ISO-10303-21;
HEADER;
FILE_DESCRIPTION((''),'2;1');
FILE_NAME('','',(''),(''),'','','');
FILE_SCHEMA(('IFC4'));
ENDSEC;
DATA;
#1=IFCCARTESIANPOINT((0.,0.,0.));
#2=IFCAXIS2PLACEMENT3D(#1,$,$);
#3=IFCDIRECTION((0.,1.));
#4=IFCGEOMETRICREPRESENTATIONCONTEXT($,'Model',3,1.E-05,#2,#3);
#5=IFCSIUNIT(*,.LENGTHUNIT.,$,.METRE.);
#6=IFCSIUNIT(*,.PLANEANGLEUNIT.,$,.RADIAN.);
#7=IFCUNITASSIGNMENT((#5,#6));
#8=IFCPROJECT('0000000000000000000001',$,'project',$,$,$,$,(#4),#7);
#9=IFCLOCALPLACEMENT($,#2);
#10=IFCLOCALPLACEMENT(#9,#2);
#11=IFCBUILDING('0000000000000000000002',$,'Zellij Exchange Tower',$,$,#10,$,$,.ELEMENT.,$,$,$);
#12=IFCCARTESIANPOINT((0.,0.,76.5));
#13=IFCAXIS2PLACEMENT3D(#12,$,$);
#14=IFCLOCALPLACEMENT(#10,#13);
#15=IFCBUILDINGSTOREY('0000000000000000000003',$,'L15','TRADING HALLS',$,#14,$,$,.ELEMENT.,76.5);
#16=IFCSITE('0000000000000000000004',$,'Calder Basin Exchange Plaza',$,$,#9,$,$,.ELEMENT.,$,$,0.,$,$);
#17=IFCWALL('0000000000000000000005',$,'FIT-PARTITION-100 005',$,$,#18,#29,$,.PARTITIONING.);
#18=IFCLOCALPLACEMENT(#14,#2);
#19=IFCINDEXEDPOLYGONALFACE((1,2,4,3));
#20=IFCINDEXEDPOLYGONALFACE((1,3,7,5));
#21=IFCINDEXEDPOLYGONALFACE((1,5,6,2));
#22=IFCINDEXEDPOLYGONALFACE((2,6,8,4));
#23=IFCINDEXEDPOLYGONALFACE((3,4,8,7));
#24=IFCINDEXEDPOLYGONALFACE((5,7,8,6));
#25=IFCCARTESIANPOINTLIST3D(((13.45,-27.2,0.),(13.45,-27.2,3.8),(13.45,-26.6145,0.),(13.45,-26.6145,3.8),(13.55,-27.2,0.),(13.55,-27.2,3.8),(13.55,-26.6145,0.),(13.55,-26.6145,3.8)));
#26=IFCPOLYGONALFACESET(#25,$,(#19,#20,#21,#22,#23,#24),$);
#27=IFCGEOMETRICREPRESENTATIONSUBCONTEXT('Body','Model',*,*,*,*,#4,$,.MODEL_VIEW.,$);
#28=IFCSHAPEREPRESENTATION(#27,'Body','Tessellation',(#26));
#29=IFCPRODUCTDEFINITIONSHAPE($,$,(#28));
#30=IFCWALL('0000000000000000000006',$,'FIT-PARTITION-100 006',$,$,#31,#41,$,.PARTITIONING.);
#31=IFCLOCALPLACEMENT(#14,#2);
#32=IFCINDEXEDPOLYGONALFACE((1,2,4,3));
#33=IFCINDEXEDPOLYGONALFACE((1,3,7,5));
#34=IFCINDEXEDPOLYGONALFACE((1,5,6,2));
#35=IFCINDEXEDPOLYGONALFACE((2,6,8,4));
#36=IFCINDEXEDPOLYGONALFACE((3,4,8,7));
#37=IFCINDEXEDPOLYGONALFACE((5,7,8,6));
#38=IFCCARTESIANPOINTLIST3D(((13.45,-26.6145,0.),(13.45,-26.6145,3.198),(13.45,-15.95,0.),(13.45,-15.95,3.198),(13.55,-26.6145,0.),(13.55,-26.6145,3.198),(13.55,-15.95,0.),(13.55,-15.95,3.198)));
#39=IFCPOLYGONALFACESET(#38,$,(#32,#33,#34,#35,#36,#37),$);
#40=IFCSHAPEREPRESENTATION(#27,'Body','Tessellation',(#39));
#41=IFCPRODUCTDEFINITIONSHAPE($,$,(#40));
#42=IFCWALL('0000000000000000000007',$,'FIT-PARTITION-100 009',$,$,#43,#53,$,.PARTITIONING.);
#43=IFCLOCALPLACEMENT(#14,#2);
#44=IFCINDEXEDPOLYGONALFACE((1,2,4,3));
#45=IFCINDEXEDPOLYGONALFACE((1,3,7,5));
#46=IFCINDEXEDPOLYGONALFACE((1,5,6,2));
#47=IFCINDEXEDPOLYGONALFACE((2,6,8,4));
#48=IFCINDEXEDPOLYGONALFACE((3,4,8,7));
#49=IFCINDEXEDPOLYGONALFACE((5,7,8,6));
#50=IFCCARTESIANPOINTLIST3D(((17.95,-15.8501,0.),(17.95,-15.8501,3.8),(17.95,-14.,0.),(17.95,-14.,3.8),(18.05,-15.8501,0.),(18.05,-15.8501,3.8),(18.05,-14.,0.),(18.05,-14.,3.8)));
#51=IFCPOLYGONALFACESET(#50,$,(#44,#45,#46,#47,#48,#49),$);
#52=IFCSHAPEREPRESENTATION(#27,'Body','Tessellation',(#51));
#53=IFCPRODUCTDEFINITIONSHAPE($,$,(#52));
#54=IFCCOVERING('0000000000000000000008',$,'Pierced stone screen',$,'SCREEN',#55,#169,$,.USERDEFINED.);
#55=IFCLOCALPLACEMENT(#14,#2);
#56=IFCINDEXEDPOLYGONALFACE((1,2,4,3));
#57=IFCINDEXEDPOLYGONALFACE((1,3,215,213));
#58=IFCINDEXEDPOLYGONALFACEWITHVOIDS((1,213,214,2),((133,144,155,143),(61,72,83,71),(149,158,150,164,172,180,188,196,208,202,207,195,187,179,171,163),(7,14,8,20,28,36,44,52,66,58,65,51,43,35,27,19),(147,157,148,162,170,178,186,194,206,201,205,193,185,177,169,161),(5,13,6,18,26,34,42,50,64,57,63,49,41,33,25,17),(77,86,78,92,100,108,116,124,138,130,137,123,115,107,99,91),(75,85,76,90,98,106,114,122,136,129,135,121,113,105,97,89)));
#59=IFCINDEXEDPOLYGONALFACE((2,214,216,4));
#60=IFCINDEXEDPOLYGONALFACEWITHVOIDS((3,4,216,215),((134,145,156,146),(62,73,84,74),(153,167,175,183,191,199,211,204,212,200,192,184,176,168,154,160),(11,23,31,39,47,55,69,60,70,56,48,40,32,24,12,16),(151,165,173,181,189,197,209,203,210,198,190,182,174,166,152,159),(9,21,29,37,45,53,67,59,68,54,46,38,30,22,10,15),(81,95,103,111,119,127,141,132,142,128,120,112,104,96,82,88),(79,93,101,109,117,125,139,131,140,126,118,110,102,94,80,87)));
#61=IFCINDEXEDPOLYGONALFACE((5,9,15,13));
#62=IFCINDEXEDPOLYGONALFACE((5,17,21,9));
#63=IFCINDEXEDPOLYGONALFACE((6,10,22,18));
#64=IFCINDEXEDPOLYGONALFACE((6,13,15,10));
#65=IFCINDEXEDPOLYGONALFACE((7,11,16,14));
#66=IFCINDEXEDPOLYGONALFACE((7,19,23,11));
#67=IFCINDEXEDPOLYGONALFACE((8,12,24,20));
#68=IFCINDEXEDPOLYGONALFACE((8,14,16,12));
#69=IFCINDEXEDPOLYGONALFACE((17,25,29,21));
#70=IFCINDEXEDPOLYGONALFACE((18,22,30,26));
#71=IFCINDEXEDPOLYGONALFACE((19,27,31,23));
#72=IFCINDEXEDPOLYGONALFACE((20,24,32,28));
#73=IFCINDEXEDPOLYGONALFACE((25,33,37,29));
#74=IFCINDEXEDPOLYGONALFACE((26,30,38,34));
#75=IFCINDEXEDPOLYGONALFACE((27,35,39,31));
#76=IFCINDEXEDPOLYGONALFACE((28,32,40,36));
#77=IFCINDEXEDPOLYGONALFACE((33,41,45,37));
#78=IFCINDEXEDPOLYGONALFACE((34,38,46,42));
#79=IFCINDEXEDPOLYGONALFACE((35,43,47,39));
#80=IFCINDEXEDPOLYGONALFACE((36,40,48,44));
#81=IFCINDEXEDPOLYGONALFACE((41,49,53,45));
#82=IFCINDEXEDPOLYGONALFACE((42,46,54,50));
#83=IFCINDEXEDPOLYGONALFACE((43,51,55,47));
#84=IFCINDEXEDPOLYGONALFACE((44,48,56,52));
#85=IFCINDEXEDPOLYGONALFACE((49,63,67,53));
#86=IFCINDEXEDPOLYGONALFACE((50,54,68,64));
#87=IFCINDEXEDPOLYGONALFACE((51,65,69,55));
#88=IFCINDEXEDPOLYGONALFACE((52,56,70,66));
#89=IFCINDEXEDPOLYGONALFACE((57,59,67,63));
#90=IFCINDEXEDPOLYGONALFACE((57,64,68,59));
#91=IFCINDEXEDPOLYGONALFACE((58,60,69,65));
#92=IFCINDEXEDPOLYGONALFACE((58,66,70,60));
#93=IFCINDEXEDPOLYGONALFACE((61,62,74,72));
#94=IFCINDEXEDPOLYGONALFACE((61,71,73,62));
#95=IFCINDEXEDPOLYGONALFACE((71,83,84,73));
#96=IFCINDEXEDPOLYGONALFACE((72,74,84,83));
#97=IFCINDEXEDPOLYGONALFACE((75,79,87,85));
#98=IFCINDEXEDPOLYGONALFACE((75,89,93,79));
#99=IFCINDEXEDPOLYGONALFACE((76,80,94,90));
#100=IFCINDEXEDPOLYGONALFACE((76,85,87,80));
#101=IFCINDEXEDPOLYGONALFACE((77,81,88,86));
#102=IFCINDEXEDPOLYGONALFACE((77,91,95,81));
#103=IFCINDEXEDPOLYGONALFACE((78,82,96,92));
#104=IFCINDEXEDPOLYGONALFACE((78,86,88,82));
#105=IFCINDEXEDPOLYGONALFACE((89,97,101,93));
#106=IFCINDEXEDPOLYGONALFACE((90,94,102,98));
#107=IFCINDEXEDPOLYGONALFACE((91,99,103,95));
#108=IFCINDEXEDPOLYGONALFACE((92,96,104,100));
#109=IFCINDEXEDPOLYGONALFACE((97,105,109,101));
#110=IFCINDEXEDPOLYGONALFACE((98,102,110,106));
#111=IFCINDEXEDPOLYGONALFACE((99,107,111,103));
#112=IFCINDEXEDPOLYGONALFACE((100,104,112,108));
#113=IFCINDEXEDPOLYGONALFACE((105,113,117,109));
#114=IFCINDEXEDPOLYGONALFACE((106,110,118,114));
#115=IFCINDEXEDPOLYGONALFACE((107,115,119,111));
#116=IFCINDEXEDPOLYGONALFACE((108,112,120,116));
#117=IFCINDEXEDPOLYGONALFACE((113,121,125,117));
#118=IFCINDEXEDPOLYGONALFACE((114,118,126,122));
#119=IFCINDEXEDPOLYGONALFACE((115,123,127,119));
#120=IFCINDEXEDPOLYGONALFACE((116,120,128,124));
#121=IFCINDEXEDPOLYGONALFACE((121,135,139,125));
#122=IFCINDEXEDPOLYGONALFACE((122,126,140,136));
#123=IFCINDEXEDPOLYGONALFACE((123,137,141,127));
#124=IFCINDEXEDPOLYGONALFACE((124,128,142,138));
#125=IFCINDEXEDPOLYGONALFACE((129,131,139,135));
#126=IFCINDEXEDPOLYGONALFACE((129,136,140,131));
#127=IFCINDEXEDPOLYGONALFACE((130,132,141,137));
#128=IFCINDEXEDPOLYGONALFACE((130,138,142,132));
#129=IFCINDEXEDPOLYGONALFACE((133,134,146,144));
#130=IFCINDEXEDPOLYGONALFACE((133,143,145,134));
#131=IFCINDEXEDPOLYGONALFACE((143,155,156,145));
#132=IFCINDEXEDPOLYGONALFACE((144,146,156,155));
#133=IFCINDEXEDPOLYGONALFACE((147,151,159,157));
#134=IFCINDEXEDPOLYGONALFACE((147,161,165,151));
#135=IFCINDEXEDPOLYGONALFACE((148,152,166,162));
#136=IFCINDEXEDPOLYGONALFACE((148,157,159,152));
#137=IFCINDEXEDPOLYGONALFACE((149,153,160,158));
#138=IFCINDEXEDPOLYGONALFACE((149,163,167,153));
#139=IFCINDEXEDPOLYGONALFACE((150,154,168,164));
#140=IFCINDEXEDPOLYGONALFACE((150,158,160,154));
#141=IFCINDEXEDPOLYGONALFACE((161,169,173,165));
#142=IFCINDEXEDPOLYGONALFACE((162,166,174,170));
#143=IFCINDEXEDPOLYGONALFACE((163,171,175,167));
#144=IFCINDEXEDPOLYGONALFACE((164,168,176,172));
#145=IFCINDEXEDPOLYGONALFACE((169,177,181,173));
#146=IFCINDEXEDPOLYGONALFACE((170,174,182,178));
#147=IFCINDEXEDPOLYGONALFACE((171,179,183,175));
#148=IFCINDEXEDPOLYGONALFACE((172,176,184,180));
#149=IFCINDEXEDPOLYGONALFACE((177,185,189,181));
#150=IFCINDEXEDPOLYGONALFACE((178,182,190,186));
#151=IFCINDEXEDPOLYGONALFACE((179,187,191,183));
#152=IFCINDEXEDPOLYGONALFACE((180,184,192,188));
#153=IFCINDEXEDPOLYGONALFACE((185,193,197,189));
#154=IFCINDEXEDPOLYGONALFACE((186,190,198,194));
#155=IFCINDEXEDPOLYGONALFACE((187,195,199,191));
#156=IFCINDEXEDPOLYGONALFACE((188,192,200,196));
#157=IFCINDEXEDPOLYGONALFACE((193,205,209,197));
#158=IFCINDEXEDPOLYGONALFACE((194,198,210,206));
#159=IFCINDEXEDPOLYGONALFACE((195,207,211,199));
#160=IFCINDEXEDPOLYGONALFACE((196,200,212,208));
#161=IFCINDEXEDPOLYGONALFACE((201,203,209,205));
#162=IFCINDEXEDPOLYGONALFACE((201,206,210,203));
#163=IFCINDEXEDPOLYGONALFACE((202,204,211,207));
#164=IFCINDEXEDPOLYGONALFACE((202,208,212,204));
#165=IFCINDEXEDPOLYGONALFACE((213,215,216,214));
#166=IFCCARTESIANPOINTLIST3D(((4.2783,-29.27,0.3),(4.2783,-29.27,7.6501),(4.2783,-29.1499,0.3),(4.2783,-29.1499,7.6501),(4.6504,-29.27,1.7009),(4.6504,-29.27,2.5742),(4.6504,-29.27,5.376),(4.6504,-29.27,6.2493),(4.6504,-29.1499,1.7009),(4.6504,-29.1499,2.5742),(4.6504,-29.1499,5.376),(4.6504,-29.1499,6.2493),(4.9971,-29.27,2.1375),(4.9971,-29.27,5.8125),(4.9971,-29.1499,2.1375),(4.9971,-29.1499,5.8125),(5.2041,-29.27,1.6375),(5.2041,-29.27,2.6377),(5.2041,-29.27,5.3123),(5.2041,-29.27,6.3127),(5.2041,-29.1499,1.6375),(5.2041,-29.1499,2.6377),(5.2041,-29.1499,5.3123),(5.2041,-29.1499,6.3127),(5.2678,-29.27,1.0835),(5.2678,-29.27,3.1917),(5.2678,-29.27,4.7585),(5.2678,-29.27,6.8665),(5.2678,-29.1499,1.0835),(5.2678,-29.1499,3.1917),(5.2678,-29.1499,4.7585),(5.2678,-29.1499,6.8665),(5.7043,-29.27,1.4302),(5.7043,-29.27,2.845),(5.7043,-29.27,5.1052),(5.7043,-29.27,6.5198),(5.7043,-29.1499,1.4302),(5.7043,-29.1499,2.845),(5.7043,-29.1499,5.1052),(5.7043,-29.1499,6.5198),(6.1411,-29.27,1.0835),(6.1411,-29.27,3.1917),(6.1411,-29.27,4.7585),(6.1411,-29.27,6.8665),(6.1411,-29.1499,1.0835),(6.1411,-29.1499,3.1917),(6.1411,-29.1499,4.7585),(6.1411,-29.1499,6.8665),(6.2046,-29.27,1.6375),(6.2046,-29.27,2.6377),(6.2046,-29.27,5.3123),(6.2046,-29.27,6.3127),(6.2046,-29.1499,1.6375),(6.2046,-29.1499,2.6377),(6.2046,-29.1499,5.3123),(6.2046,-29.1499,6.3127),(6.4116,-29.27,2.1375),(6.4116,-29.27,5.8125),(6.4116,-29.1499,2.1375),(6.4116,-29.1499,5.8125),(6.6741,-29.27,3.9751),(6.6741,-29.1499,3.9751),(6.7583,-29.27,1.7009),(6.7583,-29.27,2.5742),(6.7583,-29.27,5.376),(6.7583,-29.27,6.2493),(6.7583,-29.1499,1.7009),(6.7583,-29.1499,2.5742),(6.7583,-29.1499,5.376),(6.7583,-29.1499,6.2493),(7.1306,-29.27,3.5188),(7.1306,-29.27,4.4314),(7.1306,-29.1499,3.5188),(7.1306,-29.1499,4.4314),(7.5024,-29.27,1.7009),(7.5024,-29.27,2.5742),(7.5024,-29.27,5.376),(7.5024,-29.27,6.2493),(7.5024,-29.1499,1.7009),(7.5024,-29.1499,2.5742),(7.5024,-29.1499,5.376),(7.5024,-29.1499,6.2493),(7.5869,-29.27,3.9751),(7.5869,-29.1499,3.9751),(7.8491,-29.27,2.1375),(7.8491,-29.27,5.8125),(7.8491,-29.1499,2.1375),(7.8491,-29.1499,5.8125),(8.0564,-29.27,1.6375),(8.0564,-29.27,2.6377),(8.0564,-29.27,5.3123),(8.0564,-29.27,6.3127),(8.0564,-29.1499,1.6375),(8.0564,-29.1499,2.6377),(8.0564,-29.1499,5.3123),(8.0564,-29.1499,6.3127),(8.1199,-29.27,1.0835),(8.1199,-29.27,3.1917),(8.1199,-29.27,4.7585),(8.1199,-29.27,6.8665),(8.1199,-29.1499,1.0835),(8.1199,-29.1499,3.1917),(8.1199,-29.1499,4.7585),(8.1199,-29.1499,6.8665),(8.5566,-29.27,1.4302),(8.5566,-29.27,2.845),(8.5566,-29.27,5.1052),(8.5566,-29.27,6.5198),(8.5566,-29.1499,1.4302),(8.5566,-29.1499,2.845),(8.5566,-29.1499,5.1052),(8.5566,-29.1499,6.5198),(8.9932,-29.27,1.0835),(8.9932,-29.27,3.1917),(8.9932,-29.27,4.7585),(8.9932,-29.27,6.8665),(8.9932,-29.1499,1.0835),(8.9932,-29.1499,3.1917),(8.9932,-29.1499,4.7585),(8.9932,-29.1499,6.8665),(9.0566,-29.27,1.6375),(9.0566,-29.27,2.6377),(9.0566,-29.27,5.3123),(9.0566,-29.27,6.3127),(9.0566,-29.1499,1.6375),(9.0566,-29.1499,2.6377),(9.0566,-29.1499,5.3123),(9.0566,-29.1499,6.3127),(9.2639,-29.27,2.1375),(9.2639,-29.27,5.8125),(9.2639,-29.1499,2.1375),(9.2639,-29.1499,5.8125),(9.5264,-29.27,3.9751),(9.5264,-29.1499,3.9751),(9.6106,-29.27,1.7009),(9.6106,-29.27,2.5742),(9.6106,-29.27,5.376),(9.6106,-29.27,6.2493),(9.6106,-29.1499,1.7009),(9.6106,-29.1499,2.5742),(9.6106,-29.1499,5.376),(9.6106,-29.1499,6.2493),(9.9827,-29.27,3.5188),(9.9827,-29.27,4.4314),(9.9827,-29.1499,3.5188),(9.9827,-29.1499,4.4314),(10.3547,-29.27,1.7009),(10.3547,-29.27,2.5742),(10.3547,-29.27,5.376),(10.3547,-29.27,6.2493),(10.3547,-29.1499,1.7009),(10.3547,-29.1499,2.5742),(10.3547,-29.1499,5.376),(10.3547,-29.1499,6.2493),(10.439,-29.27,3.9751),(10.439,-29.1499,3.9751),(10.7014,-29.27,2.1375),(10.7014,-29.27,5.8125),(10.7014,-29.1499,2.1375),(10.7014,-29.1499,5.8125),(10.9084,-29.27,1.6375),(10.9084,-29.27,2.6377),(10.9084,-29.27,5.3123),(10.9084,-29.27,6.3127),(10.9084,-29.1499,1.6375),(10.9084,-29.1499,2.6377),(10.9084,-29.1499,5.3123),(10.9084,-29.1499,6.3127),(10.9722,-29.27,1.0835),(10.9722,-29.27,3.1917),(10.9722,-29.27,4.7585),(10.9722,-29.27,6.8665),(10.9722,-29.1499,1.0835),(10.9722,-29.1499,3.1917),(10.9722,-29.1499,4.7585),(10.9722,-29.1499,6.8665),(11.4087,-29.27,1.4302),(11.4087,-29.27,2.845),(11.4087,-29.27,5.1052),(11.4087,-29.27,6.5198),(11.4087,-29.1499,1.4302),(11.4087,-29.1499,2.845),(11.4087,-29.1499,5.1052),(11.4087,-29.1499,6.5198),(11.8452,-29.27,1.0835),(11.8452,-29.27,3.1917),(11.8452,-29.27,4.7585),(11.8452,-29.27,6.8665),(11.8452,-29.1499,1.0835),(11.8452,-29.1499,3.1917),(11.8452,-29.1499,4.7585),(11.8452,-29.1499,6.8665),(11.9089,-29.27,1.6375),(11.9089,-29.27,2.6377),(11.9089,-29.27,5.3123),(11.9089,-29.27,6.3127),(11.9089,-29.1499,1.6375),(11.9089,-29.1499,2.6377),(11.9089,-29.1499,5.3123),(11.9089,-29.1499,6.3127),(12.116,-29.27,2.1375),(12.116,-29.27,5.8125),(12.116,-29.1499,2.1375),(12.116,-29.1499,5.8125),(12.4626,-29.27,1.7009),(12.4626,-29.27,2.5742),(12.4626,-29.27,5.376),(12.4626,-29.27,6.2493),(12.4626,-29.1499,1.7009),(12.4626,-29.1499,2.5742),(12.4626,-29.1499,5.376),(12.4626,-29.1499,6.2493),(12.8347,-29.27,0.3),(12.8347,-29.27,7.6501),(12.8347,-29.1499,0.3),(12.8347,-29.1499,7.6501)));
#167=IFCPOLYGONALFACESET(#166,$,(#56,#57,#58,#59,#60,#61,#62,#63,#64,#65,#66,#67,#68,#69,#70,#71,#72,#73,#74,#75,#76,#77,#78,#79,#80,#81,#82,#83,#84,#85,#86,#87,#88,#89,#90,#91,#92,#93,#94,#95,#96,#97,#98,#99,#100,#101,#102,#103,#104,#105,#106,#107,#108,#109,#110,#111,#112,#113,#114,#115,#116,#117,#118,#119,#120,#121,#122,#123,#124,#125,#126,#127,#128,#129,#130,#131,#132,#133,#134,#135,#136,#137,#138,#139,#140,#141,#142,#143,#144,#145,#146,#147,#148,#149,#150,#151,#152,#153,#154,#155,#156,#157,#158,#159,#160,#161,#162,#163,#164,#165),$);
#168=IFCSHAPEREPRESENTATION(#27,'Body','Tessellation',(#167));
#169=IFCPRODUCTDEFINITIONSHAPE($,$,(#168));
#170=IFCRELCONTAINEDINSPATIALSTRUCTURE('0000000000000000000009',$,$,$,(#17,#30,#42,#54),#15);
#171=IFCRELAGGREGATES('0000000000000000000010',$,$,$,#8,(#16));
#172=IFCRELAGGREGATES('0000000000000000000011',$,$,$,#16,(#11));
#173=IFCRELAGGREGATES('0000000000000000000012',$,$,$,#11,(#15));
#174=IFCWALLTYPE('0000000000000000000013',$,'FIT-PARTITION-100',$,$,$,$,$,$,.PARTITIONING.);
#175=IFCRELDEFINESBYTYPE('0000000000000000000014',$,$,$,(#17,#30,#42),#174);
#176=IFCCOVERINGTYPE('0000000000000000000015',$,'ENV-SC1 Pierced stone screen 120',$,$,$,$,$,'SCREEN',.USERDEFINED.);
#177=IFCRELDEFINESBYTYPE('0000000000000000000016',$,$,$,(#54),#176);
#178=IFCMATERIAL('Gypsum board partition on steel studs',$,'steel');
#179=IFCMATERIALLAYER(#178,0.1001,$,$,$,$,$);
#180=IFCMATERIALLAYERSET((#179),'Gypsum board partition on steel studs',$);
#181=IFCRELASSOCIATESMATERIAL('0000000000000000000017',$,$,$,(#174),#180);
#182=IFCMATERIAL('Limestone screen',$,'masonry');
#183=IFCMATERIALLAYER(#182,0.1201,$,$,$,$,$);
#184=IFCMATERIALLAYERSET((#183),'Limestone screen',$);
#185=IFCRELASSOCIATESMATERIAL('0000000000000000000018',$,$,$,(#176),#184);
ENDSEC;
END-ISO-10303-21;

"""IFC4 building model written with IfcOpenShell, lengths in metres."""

from ifc_helpers import new_model, si_unit, direction, frame, frame_2d, origin, place, context, subcontext, project, spatial, polyline, rectangle, outline, extrude, material, layer, layer_set, type_object, element, save


model = new_model("IFC4")

# Units and contexts
model_context = context("Model", 3, precision=1e-05, world=origin(), true_north=direction((0.0, 1.0)))
body_context = subcontext(model_context, "Body", "Model", "MODEL_VIEW")
ifc_project = project(units=[si_unit("LENGTHUNIT", "METRE"), si_unit("PLANEANGLEUNIT", "RADIAN")], contexts=[model_context])

# Site, building, storey
site_placement = place(None, origin())
site = spatial("IfcSite", under=ifc_project, at=site_placement, Name="Calder Basin Exchange Plaza", CompositionType="ELEMENT", RefElevation=0.0)
building_placement = place(site_placement, origin())
building = spatial("IfcBuilding", under=site, at=building_placement, Name="Zellij Exchange Tower", CompositionType="ELEMENT")
storey_placement = place(building_placement, frame((0.0, 0.0, 76.5)))
storey = spatial("IfcBuildingStorey", under=building, at=storey_placement, Name="L15", Description="TRADING HALLS", CompositionType="ELEMENT", Elevation=76.5)

# Walls
ifc_material_1 = material(Name="Gypsum board partition on steel studs", Category="steel")
ifc_layer_1 = layer(ifc_material_1, 0.1001)
ifc_layer_set_1 = layer_set([ifc_layer_1], Name="Gypsum board partition on steel studs")
wall_type_1 = type_object("IfcWallType", Name="FIT-PARTITION-100", PredefinedType="PARTITIONING", material=ifc_layer_set_1)
wall_1_placement = place(storey_placement, frame((13.5, -27.2, 0.0), z_axis=(0.0, 0.0, 1.0), x_axis=(0.0, 1.0, 0.0)))
element("IfcWall", 1, at=wall_1_placement, inside=storey, type_object=wall_type_1, Name="FIT-PARTITION-100 005", PredefinedType="PARTITIONING", context=body_context, shape_type="SweptSolid", body=[
    extrude(rectangle(XDim=0.5854, YDim=0.1001, at=frame_2d((0.2927, 0.0))), origin(), (0.0, 0.0, 1.0), 3.8),
])
wall_2_placement = place(storey_placement, frame((13.5, -26.6145, 0.0), z_axis=(0.0, 0.0, 1.0), x_axis=(0.0, 1.0, 0.0)))
element("IfcWall", 2, at=wall_2_placement, inside=storey, type_object=wall_type_1, Name="FIT-PARTITION-100 006", PredefinedType="PARTITIONING", context=body_context, shape_type="SweptSolid", body=[
    extrude(rectangle(XDim=10.6646, YDim=0.1001, at=frame_2d((5.3323, 0.0))), origin(), (0.0, 0.0, 1.0), 3.198),
])
wall_3_placement = place(storey_placement, frame((18.0, -15.8501, 0.0), z_axis=(0.0, 0.0, 1.0), x_axis=(0.0, 1.0, 0.0)))
element("IfcWall", 3, at=wall_3_placement, inside=storey, type_object=wall_type_1, Name="FIT-PARTITION-100 009", PredefinedType="PARTITIONING", context=body_context, shape_type="SweptSolid", body=[
    extrude(rectangle(XDim=1.8501, YDim=0.1001, at=frame_2d((0.925, 0.0))), origin(), (0.0, 0.0, 1.0), 3.8),
])

# Covering
ifc_material_2 = material(Name="Limestone screen", Category="masonry")
ifc_layer_2 = layer(ifc_material_2, 0.1201)
ifc_layer_set_2 = layer_set([ifc_layer_2], Name="Limestone screen")
covering_type = type_object("IfcCoveringType", Name="ENV-SC1 Pierced stone screen 120", ElementType="SCREEN", PredefinedType="USERDEFINED", material=ifc_layer_set_2)
covering_1_placement = place(storey_placement, frame((4.2783, -29.21, 0.3), z_axis=(0.0, 0.0, 1.0), x_axis=(1.0, 0.0, 0.0)))
element("IfcCovering", 4, at=covering_1_placement, inside=storey, type_object=covering_type, Name="Pierced stone screen", ObjectType="SCREEN", PredefinedType="USERDEFINED", context=body_context, shape_type="SweptSolid", body=[
    extrude(outline(polyline([(0.0, 0.0), (8.5564, 0.0), (8.5564, 7.3501), (0.0, 7.3501), (0.0, 0.0)]), holes=[polyline([(2.48, 2.2742), (1.9263, 2.3376), (1.8628, 2.8916), (1.426, 2.5449), (0.9895, 2.8916), (0.9258, 2.3376), (0.3721, 2.2742), (0.7188, 1.8374), (0.3721, 1.4009), (0.9258, 1.3374), (0.9895, 0.7834), (1.426, 1.1301), (1.8628, 0.7834), (1.9263, 1.3374), (2.48, 1.4009), (2.1333, 1.8374), (2.48, 2.2742)]), polyline([(2.48, 5.9492), (1.9263, 6.0127), (1.8628, 6.5664), (1.426, 6.2197), (0.9895, 6.5664), (0.9258, 6.0127), (0.3721, 5.9492), (0.7188, 5.5125), (0.3721, 5.0759), (0.9258, 5.0122), (0.9895, 4.4585), (1.426, 4.8052), (1.8628, 4.4585), (1.9263, 5.0122), (2.48, 5.0759), (2.1333, 5.5125), (2.48, 5.9492)]), polyline([(5.3323, 2.2742), (4.7783, 2.3376), (4.7148, 2.8916), (4.2783, 2.5449), (3.8416, 2.8916), (3.7781, 2.3376), (3.2241, 2.2742), (3.5708, 1.8374), (3.2241, 1.4009), (3.7781, 1.3374), (3.8416, 0.7834), (4.2783, 1.1301), (4.7148, 0.7834), (4.7783, 1.3374), (5.3323, 1.4009), (4.9856, 1.8374), (5.3323, 2.2742)]), polyline([(5.3323, 5.9492), (4.7783, 6.0127), (4.7148, 6.5664), (4.2783, 6.2197), (3.8416, 6.5664), (3.7781, 6.0127), (3.2241, 5.9492), (3.5708, 5.5125), (3.2241, 5.0759), (3.7781, 5.0122), (3.8416, 4.4585), (4.2783, 4.8052), (4.7148, 4.4585), (4.7783, 5.0122), (5.3323, 5.0759), (4.9856, 5.5125), (5.3323, 5.9492)]), polyline([(8.1843, 2.2742), (7.6306, 2.3376), (7.5669, 2.8916), (7.1304, 2.5449), (6.6938, 2.8916), (6.6301, 2.3376), (6.0764, 2.2742), (6.4231, 1.8374), (6.0764, 1.4009), (6.6301, 1.3374), (6.6938, 0.7834), (7.1304, 1.1301), (7.5669, 0.7834), (7.6306, 1.3374), (8.1843, 1.4009), (7.8376, 1.8374), (8.1843, 2.2742)]), polyline([(8.1843, 5.9492), (7.6306, 6.0127), (7.5669, 6.5664), (7.1304, 6.2197), (6.6938, 6.5664), (6.6301, 6.0127), (6.0764, 5.9492), (6.4231, 5.5125), (6.0764, 5.0759), (6.6301, 5.0122), (6.6938, 4.4585), (7.1304, 4.8052), (7.5669, 4.4585), (7.6306, 5.0122), (8.1843, 5.0759), (7.8376, 5.5125), (8.1843, 5.9492)]), polyline([(3.3086, 3.675), (2.8523, 4.1313), (2.3958, 3.675), (2.8523, 3.2188), (3.3086, 3.675)]), polyline([(6.1606, 3.675), (5.7043, 4.1313), (5.248, 3.675), (5.7043, 3.2188), (6.1606, 3.675)])]), frame((0.0, 0.0601, 0.0), z_axis=(0.0, -1.0, 0.0), x_axis=(1.0, 0.0, 0.0)), (0.0, 0.0, 1.0), 0.1201),
])

save(model, "model.ifc")
